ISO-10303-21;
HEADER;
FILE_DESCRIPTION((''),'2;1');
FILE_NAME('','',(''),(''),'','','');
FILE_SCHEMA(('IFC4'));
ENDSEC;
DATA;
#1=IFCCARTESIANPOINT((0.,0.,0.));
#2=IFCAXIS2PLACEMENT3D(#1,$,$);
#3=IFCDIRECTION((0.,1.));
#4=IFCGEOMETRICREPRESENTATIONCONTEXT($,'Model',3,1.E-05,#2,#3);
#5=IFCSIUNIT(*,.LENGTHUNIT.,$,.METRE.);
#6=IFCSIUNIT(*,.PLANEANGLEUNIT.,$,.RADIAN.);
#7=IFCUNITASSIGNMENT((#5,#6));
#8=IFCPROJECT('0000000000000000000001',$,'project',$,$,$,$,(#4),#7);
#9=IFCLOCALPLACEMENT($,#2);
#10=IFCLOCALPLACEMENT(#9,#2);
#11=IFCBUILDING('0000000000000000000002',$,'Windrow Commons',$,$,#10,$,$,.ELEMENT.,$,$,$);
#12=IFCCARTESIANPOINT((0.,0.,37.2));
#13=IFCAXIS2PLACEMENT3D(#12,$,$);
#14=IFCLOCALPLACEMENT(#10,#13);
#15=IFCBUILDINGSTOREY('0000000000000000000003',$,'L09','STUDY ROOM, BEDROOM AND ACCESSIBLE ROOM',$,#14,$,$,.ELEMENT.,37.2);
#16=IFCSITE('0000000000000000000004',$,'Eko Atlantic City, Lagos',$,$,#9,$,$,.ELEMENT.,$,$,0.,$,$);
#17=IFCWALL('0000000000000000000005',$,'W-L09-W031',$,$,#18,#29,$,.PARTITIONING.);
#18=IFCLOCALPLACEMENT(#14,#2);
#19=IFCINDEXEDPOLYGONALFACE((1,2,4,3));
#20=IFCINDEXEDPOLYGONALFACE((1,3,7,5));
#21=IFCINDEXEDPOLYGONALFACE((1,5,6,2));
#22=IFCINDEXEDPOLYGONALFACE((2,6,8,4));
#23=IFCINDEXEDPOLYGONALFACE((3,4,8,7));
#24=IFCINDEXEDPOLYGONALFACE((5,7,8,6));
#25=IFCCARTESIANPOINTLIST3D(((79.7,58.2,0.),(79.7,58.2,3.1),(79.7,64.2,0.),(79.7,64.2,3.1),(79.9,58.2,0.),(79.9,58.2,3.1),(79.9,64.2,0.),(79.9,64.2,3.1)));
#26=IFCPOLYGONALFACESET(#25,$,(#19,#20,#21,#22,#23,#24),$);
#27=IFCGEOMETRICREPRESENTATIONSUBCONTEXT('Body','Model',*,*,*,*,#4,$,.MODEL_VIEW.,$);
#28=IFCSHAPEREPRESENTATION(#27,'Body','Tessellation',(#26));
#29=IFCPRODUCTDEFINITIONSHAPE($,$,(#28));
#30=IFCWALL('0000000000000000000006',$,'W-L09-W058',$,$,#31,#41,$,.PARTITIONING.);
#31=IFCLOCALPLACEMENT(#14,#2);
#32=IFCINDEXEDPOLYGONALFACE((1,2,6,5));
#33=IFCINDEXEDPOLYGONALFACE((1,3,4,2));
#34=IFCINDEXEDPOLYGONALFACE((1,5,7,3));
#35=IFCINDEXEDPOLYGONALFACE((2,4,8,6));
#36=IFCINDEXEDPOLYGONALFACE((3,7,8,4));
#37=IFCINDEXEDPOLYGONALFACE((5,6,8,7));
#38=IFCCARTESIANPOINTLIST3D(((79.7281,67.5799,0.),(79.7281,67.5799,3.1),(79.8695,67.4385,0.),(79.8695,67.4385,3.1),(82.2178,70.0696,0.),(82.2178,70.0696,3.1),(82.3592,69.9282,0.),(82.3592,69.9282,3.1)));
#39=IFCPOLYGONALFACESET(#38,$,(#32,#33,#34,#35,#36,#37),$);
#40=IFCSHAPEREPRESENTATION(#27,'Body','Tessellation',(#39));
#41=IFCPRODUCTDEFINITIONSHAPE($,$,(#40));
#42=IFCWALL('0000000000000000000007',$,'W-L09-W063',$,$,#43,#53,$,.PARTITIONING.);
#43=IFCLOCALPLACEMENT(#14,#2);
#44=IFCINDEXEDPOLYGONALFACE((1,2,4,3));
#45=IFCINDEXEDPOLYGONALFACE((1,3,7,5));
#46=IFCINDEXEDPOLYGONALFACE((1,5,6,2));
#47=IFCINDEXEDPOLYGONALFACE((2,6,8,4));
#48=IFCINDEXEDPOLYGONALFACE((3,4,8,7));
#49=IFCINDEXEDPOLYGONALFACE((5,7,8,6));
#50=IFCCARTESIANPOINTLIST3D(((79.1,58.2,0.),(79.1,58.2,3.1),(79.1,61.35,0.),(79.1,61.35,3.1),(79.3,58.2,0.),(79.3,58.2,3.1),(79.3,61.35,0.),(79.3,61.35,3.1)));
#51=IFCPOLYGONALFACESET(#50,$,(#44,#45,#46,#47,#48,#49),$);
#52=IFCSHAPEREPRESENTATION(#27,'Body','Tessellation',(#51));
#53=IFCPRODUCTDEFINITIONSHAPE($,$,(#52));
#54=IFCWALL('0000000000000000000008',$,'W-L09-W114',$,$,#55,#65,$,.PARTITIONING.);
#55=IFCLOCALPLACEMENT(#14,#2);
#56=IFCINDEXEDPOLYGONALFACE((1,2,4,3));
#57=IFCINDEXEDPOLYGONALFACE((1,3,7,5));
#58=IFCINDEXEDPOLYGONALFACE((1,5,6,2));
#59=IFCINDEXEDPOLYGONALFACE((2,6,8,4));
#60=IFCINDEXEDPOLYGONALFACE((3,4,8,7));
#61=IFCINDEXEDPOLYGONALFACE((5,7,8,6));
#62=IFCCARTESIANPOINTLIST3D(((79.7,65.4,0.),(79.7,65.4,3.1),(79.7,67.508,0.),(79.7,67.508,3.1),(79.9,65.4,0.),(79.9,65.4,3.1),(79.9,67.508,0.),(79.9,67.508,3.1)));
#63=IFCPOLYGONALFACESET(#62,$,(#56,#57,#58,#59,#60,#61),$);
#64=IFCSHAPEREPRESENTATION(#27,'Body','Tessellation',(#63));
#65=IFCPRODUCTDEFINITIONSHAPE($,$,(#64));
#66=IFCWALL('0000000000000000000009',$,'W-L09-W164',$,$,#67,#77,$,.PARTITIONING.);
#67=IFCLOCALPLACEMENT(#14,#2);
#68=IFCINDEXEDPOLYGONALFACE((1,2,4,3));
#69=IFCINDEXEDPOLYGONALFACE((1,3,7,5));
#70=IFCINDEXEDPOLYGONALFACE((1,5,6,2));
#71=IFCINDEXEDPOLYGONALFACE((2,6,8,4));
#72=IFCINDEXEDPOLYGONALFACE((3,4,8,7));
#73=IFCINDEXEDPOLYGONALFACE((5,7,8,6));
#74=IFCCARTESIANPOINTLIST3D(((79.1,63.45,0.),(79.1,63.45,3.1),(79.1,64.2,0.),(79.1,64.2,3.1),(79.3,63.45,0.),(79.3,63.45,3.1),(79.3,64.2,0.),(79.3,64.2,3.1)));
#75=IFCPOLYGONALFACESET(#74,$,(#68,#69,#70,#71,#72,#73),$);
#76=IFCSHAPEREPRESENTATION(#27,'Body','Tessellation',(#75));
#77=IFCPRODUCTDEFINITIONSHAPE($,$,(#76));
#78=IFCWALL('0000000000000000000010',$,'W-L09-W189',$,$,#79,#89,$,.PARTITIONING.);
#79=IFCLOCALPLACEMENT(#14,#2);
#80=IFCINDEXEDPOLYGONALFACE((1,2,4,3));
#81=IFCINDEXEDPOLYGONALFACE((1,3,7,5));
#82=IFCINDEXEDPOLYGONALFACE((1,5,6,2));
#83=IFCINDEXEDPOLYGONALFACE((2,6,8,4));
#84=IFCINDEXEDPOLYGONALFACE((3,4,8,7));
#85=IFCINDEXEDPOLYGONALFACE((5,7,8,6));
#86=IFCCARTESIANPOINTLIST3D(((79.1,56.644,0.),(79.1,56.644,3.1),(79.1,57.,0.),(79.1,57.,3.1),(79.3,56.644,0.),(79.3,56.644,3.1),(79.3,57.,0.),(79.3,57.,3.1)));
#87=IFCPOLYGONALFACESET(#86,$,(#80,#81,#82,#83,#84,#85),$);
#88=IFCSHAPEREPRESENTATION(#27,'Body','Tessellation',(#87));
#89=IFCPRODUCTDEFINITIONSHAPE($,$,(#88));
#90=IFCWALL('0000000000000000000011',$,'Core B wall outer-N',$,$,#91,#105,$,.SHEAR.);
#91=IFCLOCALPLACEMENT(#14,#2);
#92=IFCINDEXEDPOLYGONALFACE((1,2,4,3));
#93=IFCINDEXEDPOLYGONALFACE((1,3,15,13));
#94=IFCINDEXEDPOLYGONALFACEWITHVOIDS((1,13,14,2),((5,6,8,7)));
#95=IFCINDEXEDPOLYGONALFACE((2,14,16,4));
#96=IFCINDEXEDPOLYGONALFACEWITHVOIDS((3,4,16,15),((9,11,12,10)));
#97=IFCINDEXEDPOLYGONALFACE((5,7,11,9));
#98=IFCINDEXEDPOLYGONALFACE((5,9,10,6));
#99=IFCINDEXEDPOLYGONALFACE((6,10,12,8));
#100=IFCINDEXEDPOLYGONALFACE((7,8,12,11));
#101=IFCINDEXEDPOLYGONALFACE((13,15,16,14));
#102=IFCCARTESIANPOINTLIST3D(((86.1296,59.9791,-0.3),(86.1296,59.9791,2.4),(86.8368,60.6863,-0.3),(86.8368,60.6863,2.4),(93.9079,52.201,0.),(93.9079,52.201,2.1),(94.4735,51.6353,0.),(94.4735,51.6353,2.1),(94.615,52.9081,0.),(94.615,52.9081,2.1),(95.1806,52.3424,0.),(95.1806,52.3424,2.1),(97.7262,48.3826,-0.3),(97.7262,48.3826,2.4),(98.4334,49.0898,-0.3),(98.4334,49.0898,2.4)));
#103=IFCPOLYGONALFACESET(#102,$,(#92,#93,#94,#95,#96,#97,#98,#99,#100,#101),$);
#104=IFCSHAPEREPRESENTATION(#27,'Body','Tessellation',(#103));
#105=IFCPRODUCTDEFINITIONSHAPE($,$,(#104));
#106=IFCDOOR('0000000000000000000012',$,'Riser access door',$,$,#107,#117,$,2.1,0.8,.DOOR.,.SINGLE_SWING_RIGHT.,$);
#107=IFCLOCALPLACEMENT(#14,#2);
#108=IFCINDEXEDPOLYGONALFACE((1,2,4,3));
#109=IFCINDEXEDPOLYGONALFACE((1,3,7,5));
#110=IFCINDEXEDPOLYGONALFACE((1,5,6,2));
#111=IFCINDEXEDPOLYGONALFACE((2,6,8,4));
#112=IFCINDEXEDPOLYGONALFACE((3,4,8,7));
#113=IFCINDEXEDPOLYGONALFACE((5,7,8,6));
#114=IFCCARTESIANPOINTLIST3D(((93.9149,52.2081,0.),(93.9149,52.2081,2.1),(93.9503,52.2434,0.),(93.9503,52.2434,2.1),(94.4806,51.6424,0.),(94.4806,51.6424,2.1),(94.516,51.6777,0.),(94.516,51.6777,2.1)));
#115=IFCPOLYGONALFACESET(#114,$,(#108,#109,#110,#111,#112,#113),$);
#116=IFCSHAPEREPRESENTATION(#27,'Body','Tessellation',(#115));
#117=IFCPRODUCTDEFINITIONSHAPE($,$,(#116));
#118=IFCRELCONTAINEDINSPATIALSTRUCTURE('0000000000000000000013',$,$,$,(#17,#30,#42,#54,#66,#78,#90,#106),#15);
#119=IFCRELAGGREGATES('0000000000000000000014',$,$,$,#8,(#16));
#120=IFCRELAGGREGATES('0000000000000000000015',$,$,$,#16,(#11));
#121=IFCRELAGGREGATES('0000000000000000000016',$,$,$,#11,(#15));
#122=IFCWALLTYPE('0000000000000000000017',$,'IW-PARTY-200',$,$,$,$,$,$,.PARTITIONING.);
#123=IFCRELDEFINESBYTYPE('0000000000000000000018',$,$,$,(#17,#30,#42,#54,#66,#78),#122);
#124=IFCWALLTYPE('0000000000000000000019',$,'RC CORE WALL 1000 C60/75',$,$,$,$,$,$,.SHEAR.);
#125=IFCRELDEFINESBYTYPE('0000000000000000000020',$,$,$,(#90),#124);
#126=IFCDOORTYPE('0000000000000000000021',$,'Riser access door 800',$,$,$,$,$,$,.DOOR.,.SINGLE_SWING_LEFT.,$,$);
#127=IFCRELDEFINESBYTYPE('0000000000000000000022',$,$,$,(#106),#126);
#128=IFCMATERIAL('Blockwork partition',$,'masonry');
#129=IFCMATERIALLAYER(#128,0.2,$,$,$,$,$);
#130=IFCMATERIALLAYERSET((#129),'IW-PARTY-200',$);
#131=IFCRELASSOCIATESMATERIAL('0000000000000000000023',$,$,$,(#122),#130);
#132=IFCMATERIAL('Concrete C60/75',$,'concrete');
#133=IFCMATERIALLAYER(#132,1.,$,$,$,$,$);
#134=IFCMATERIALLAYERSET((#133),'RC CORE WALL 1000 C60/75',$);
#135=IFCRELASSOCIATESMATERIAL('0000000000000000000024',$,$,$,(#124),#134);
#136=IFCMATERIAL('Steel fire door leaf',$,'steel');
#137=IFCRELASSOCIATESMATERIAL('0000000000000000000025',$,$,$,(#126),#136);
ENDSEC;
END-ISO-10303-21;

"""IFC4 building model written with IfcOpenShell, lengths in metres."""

from ifc_helpers import new_model, si_unit, direction, frame, frame_2d, origin, place, context, subcontext, project, spatial, rectangle, extrude, material, layer, layer_set, type_object, element, fill, save


model = new_model("IFC4")

# Units and contexts
model_context = context("Model", 3, precision=1e-05, world=origin(), true_north=direction((0.0, 1.0)))
body_context = subcontext(model_context, "Body", "Model", "MODEL_VIEW")
ifc_project = project(units=[si_unit("LENGTHUNIT", "METRE"), si_unit("PLANEANGLEUNIT", "RADIAN")], contexts=[model_context])

# Site, building, storey
site_placement = place(None, origin())
site = spatial("IfcSite", under=ifc_project, at=site_placement, Name="Eko Atlantic City, Lagos", CompositionType="ELEMENT", RefElevation=0.0)
building_placement = place(site_placement, origin())
building = spatial("IfcBuilding", under=site, at=building_placement, Name="Windrow Commons", CompositionType="ELEMENT")
storey_placement = place(building_placement, frame((0.0, 0.0, 37.2)))
storey = spatial("IfcBuildingStorey", under=building, at=storey_placement, Name="L09", Description="STUDY ROOM, BEDROOM AND ACCESSIBLE ROOM", CompositionType="ELEMENT", Elevation=37.2)

# Walls
ifc_material_1 = material(Name="Blockwork partition", Category="masonry")
ifc_layer_1 = layer(ifc_material_1, 0.2)
ifc_layer_set_1 = layer_set([ifc_layer_1], Name="IW-PARTY-200")
wall_type_1 = type_object("IfcWallType", Name="IW-PARTY-200", PredefinedType="PARTITIONING", material=ifc_layer_set_1)
for number, where, z_axis, x_axis, name in (
    (1, (79.8, 58.2, 0.0), (0.0, 0.0, 1.0), (0.0, 1.0, 0.0), "W-L09-W031"),
):
    element("IfcWall", number, at=place(storey_placement, frame(where, z_axis=z_axis, x_axis=x_axis)), inside=storey, type_object=wall_type_1, Name=name, PredefinedType="PARTITIONING", context=body_context, shape_type="SweptSolid", body=[
        extrude(rectangle(XDim=6.0, YDim=0.2, at=frame_2d((3.0, 0.0))), origin(), (0.0, 0.0, 1.0), 3.1),
    ])
wall_1_placement = place(storey_placement, frame((79.7988, 67.5092, 0.0), z_axis=(0.0, 0.0, 1.0), x_axis=(0.707107, 0.707107, 0.0)))
element("IfcWall", 2, at=wall_1_placement, inside=storey, type_object=wall_type_1, Name="W-L09-W058", PredefinedType="PARTITIONING", context=body_context, shape_type="SweptSolid", body=[
    extrude(rectangle(XDim=3.521, YDim=0.2, at=frame_2d((1.7605, 0.0))), origin(), (0.0, 0.0, 1.0), 3.1),
])
wall_2_placement = place(storey_placement, frame((79.2, 58.2, 0.0), z_axis=(0.0, 0.0, 1.0), x_axis=(0.0, 1.0, 0.0)))
element("IfcWall", 3, at=wall_2_placement, inside=storey, type_object=wall_type_1, Name="W-L09-W063", PredefinedType="PARTITIONING", context=body_context, shape_type="SweptSolid", body=[
    extrude(rectangle(XDim=3.15, YDim=0.2, at=frame_2d((1.575, 0.0))), origin(), (0.0, 0.0, 1.0), 3.1),
])
wall_3_placement = place(storey_placement, frame((79.8, 65.4, 0.0), z_axis=(0.0, 0.0, 1.0), x_axis=(0.0, 1.0, 0.0)))
element("IfcWall", 4, at=wall_3_placement, inside=storey, type_object=wall_type_1, Name="W-L09-W114", PredefinedType="PARTITIONING", context=body_context, shape_type="SweptSolid", body=[
    extrude(rectangle(XDim=2.108, YDim=0.2, at=frame_2d((1.054, 0.0))), origin(), (0.0, 0.0, 1.0), 3.1),
])
wall_4_placement = place(storey_placement, frame((79.2, 63.45, 0.0), z_axis=(0.0, 0.0, 1.0), x_axis=(0.0, 1.0, 0.0)))
element("IfcWall", 5, at=wall_4_placement, inside=storey, type_object=wall_type_1, Name="W-L09-W164", PredefinedType="PARTITIONING", context=body_context, shape_type="SweptSolid", body=[
    extrude(rectangle(XDim=0.75, YDim=0.2, at=frame_2d((0.375, 0.0))), origin(), (0.0, 0.0, 1.0), 3.1),
])
wall_5_placement = place(storey_placement, frame((79.2, 56.644, 0.0), z_axis=(0.0, 0.0, 1.0), x_axis=(0.0, 1.0, 0.0)))
element("IfcWall", 6, at=wall_5_placement, inside=storey, type_object=wall_type_1, Name="W-L09-W189", PredefinedType="PARTITIONING", context=body_context, shape_type="SweptSolid", body=[
    extrude(rectangle(XDim=0.356, YDim=0.2, at=frame_2d((0.178, 0.0))), origin(), (0.0, 0.0, 1.0), 3.1),
])

# Wall, opening, door
ifc_material_2 = material(Name="Concrete C60/75", Category="concrete")
ifc_layer_2 = layer(ifc_material_2, 1.0)
ifc_layer_set_2 = layer_set([ifc_layer_2], Name="RC CORE WALL 1000 C60/75")
wall_type_2 = type_object("IfcWallType", Name="RC CORE WALL 1000 C60/75", PredefinedType="SHEAR", material=ifc_layer_set_2)
wall_6_placement = place(storey_placement, frame((86.4832, 60.3327, -0.3), z_axis=(0.0, 0.0, 1.0), x_axis=(0.70711, -0.707104, 0.0)))
wall_6 = element("IfcWall", 7, at=wall_6_placement, inside=storey, type_object=wall_type_2, Name="Core B wall outer-N", PredefinedType="SHEAR", context=body_context, shape_type="SweptSolid", body=[
    extrude(rectangle(XDim=16.4, YDim=1.0, at=frame_2d((8.2, 0.0))), origin(), (0.0, 0.0, 1.0), 2.7),
])
opening_1_placement = place(wall_6_placement, frame((11.0, 0.0, 0.3)))
opening_1 = element("IfcOpeningElement", 8, at=opening_1_placement, cuts=wall_6, PredefinedType="OPENING", context=body_context, shape_type="SweptSolid", body=[
    extrude(rectangle(XDim=0.8, YDim=2.1, at=frame_2d((0.4, 1.05))), frame((0.0, 0.51, 0.0), z_axis=(0.0, -1.0, 0.0), x_axis=(1.0, 0.0, 0.0)), (0.0, 0.0, 1.0), 1.02),
])
ifc_material_3 = material(Name="Steel fire door leaf", Category="steel")
door_type_1 = type_object("IfcDoorType", Name="Riser access door 800", OperationType="SINGLE_SWING_LEFT", PredefinedType="DOOR", material=ifc_material_3)
door_1_placement = place(opening_1_placement, origin())
door_1 = element("IfcDoor", 9, at=door_1_placement, inside=storey, type_object=door_type_1, Name="Riser access door", OperationType="SINGLE_SWING_RIGHT", OverallHeight=2.1, OverallWidth=0.8, PredefinedType="DOOR", context=body_context, shape_type="SweptSolid", body=[
    extrude(rectangle(XDim=0.8, YDim=2.1, at=frame_2d((0.4, 1.05))), frame((0.0, -0.44, 0.0), z_axis=(0.0, -1.0, 0.0), x_axis=(1.0, 0.0, 0.0)), (0.0, 0.0, 1.0), 0.05),
])
fill(opening_1, door_1)

save(model, "model.ifc")
